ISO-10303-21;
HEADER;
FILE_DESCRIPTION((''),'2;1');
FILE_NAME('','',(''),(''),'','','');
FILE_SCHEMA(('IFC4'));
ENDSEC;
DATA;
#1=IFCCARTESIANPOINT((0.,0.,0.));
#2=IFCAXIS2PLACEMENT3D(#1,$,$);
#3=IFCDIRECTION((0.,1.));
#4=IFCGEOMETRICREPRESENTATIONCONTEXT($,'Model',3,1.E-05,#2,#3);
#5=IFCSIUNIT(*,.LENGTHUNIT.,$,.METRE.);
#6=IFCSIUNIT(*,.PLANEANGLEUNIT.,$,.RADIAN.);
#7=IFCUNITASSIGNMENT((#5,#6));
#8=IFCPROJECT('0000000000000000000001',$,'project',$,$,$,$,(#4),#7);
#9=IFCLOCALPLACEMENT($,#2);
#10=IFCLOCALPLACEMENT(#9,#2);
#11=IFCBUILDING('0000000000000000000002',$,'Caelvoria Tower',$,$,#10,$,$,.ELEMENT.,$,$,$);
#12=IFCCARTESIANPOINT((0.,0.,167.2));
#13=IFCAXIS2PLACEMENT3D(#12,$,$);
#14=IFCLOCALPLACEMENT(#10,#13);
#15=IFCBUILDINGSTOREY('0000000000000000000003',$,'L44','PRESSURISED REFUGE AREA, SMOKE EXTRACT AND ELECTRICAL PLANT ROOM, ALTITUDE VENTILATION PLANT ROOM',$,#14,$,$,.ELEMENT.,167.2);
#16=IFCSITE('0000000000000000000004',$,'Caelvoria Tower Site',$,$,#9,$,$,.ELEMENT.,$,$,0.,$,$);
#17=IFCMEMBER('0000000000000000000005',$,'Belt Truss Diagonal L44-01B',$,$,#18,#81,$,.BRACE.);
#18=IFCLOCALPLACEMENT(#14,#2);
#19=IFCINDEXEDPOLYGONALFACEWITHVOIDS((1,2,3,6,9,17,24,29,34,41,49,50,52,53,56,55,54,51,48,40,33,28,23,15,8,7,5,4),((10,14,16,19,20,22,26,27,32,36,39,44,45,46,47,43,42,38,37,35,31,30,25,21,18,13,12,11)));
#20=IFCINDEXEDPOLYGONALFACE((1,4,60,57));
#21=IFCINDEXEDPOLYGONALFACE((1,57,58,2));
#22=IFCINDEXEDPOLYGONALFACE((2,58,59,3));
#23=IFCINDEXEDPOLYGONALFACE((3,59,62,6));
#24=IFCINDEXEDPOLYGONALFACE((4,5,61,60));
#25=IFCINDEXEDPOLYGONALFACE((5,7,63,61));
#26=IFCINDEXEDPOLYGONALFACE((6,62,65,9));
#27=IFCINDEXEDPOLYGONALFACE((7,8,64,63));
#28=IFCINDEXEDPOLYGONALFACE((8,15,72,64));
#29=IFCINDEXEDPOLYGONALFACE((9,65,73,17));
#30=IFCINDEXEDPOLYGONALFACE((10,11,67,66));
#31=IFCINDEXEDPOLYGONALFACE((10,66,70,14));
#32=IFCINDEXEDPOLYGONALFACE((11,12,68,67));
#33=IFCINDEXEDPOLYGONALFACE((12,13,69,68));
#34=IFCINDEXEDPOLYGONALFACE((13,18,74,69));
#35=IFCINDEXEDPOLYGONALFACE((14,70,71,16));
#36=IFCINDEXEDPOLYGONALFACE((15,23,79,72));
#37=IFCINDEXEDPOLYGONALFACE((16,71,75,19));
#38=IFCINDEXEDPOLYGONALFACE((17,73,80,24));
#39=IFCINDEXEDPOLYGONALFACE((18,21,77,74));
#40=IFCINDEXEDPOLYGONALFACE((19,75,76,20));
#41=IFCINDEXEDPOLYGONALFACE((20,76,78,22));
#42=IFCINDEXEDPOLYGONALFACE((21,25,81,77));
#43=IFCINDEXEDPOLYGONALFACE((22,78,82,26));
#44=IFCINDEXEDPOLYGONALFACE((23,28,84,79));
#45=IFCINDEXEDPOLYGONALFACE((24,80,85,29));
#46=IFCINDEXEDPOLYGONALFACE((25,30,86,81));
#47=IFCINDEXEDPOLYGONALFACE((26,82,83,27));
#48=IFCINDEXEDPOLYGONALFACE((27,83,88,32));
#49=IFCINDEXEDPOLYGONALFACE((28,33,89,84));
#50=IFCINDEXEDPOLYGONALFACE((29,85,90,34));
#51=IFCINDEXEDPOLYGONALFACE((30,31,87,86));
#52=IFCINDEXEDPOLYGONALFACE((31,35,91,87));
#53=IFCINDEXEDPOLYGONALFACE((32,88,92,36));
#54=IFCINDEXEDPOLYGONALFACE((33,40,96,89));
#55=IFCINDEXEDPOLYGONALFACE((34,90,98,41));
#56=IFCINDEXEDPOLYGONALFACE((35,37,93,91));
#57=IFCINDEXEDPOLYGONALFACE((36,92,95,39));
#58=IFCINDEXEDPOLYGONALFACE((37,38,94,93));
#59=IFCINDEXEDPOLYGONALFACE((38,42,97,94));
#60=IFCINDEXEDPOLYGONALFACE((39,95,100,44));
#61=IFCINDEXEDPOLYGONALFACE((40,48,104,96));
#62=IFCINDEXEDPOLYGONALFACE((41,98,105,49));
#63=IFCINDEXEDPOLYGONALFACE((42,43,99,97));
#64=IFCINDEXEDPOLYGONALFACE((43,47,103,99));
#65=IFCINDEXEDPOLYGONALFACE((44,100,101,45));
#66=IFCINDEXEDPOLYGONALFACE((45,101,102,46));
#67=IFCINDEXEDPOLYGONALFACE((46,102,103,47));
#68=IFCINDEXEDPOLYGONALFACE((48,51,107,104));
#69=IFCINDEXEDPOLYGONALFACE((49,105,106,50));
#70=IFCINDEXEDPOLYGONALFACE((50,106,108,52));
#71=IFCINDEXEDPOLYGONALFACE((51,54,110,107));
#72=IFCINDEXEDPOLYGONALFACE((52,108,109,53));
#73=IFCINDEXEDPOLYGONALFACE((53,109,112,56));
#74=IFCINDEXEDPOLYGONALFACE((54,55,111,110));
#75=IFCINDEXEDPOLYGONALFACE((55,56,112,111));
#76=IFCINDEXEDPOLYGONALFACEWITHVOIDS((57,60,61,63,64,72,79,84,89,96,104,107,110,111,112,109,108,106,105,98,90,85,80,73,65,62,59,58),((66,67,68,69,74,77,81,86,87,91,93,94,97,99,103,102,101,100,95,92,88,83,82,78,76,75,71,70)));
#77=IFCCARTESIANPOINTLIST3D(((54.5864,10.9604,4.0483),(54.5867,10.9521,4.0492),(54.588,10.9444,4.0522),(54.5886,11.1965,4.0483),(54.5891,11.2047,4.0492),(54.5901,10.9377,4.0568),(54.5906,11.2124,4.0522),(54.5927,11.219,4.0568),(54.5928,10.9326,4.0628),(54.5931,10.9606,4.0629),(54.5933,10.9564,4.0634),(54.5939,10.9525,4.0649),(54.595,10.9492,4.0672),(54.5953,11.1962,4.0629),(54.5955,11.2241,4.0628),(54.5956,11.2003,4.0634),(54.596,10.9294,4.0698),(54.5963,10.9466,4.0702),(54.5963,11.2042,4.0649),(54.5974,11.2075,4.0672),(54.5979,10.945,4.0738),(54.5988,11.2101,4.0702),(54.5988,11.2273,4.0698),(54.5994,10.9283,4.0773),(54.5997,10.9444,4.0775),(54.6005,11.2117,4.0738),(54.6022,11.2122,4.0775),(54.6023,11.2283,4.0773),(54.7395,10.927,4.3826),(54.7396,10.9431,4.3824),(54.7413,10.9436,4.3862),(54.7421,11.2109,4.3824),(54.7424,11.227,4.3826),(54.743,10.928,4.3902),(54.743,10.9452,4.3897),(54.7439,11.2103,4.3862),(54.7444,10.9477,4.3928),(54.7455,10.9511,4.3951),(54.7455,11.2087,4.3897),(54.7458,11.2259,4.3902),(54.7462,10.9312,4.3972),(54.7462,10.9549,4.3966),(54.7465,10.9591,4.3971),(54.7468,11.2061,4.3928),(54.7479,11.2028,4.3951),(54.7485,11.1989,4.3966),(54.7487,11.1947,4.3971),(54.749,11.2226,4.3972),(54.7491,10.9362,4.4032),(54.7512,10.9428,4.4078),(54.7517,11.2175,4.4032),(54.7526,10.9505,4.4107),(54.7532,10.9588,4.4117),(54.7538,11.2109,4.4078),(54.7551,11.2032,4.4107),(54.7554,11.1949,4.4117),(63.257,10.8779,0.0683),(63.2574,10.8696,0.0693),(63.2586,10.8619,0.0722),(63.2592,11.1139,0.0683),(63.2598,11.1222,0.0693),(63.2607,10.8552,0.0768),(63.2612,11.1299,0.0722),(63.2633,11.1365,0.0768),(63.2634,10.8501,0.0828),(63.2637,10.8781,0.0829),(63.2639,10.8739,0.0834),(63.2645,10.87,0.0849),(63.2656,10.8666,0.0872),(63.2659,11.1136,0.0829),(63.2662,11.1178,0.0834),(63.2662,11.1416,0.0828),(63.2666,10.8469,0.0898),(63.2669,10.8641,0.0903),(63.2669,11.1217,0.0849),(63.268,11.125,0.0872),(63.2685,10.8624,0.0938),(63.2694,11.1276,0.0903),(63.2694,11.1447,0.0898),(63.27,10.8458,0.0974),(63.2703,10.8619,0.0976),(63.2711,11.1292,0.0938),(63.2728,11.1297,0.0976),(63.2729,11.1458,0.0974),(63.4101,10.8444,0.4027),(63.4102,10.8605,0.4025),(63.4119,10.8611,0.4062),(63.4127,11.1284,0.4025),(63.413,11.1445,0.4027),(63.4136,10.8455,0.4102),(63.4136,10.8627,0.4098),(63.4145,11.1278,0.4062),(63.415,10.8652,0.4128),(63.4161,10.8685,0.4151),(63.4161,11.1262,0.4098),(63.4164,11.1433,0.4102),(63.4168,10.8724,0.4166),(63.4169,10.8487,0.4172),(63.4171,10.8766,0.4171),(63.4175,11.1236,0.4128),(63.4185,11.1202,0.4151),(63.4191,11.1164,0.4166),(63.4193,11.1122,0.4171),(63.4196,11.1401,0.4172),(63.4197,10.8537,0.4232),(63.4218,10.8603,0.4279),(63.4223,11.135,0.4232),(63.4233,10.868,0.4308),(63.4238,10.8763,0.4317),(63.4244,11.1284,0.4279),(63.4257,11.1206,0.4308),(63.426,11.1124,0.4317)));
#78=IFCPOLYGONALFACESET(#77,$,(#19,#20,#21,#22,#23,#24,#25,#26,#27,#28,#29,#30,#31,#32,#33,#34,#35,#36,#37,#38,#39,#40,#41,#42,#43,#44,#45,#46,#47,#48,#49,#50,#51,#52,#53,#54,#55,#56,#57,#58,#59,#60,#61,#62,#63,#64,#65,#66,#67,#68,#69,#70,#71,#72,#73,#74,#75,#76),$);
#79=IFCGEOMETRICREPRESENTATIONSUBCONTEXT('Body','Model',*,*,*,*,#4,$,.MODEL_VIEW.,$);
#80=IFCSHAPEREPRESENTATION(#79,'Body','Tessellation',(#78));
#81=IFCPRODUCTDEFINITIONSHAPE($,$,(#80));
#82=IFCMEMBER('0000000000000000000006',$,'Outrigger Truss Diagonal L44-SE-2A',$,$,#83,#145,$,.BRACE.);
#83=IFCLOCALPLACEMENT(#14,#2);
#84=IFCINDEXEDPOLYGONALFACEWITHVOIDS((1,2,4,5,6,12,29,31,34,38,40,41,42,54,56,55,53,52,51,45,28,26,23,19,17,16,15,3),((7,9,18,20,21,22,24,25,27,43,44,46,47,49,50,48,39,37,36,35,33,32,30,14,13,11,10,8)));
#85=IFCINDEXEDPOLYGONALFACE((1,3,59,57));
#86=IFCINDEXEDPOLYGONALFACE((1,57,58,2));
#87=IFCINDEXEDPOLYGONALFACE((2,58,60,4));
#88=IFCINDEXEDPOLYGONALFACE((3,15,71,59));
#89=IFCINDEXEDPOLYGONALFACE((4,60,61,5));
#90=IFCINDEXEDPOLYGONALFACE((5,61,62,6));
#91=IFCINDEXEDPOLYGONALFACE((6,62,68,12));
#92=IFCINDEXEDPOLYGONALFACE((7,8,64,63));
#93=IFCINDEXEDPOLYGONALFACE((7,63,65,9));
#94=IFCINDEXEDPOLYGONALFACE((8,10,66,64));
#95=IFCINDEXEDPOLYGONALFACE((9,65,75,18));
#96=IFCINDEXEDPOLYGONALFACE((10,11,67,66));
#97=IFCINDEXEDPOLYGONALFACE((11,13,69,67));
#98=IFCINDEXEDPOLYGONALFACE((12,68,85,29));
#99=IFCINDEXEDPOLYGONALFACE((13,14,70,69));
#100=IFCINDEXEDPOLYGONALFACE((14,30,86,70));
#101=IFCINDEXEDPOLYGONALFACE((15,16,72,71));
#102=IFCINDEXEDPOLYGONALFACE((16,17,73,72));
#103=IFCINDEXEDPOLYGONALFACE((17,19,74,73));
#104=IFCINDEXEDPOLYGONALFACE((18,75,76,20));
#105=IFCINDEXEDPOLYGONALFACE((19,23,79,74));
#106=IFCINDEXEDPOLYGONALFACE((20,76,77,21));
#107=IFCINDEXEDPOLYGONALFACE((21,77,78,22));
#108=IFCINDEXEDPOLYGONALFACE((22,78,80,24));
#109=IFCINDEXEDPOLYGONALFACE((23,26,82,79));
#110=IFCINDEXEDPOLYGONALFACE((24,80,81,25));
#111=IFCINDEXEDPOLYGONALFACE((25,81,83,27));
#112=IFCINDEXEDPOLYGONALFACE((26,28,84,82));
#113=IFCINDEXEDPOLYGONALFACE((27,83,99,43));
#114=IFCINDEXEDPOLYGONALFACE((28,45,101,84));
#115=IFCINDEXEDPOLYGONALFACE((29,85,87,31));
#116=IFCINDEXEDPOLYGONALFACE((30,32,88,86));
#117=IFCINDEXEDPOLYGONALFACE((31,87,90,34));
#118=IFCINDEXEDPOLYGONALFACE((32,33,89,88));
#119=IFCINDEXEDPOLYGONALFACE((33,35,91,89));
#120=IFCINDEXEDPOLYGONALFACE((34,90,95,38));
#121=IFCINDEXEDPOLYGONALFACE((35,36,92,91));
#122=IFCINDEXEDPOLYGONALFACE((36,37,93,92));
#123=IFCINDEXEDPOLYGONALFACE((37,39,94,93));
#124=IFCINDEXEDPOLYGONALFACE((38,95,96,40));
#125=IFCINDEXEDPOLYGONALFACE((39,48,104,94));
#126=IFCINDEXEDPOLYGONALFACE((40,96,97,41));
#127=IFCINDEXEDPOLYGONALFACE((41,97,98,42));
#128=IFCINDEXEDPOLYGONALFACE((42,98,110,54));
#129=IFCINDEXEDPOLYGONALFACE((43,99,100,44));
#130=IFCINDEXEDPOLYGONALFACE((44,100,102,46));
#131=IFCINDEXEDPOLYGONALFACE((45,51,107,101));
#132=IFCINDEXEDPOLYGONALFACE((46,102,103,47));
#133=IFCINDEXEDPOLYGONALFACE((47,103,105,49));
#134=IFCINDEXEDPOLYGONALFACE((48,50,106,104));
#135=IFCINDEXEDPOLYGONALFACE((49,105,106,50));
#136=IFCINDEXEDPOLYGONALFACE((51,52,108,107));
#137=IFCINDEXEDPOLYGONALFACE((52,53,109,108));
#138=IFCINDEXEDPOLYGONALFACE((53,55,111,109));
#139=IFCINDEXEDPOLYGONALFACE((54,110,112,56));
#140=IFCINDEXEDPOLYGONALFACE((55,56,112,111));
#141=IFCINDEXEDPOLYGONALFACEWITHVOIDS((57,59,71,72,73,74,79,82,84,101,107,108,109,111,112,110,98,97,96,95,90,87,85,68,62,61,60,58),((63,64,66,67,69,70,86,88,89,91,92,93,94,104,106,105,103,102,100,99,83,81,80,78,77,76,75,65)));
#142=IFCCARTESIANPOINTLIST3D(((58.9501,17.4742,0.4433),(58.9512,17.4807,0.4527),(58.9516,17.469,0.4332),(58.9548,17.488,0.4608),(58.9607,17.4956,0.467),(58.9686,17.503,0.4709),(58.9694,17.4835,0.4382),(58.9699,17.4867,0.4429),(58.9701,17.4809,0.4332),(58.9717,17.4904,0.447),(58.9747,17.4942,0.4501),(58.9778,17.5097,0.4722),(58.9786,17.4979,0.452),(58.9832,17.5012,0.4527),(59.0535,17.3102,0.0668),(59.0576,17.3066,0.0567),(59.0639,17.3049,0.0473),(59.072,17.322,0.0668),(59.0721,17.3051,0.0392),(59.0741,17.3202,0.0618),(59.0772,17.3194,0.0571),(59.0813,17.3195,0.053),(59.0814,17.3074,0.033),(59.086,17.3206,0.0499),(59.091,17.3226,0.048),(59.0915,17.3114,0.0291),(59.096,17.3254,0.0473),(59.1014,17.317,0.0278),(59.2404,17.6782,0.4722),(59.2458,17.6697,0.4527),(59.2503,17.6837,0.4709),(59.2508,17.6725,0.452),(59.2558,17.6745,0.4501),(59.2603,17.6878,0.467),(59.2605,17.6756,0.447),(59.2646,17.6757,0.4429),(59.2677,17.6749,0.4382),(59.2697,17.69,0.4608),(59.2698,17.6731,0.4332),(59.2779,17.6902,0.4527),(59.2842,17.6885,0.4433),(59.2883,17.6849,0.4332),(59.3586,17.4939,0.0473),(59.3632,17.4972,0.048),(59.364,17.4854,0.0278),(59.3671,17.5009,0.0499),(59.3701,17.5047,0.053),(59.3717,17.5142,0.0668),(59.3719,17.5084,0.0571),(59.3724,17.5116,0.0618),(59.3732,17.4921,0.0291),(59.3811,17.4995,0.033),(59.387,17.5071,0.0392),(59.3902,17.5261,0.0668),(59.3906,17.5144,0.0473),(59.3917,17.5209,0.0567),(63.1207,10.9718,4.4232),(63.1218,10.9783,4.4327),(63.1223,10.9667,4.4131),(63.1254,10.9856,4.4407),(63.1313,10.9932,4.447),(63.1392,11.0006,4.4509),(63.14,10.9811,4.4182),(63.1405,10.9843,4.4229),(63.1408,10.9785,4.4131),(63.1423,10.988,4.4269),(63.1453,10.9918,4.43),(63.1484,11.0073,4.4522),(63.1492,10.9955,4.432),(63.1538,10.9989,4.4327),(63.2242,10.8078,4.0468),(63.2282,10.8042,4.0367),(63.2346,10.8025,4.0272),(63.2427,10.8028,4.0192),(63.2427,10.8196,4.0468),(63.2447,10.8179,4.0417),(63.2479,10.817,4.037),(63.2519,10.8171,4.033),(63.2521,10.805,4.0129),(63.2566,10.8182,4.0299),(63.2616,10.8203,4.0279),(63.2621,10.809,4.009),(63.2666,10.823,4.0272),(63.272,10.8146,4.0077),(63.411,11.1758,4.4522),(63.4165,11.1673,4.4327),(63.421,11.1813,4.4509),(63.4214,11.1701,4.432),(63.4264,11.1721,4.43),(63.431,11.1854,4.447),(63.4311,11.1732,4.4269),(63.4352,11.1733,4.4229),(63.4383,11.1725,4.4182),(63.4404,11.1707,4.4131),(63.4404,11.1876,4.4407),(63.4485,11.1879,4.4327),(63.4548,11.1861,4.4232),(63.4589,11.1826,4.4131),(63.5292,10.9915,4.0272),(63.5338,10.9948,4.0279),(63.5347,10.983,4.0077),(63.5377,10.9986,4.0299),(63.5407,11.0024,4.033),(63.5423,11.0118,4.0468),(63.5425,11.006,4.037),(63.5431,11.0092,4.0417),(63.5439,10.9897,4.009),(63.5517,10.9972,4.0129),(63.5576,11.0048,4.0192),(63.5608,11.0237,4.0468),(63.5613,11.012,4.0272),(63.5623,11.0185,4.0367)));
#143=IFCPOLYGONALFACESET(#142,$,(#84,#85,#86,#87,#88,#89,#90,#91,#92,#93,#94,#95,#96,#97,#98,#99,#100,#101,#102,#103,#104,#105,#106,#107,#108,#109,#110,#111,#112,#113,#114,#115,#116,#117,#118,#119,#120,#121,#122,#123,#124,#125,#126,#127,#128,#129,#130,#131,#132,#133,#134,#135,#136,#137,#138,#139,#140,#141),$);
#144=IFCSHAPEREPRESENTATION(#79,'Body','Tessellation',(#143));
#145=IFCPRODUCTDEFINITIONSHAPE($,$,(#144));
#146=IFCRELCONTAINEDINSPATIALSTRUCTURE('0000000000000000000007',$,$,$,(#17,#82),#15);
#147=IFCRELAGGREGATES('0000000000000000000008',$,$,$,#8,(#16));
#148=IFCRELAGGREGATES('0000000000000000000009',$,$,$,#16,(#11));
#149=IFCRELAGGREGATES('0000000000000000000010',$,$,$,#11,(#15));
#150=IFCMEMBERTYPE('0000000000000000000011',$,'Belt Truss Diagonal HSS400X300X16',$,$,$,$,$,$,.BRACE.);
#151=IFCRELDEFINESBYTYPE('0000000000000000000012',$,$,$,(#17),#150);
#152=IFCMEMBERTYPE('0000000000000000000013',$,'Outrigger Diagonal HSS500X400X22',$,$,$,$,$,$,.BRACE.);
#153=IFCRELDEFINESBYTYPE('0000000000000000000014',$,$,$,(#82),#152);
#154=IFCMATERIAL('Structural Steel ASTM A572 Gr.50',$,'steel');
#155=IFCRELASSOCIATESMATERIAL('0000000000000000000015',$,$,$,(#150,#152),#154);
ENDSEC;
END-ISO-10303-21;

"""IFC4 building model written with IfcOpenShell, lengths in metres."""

from ifc_helpers import new_model, si_unit, direction, frame, origin, origin_2d, place, context, subcontext, project, spatial, hollow_rectangle, extrude, material, material_profile, profile_set, type_object, element, save


model = new_model("IFC4")

# Units and contexts
model_context = context("Model", 3, precision=1e-05, world=origin(), true_north=direction((0.0, 1.0)))
body_context = subcontext(model_context, "Body", "Model", "MODEL_VIEW")
ifc_project = project(units=[si_unit("LENGTHUNIT", "METRE"), si_unit("PLANEANGLEUNIT", "RADIAN")], contexts=[model_context])

# Site, building, storey
site_placement = place(None, origin())
site = spatial("IfcSite", under=ifc_project, at=site_placement, Name="Caelvoria Tower Site", CompositionType="ELEMENT", RefElevation=0.0)
building_placement = place(site_placement, origin())
building = spatial("IfcBuilding", under=site, at=building_placement, Name="Caelvoria Tower", CompositionType="ELEMENT")
storey_placement = place(building_placement, frame((0.0, 0.0, 167.2)))
storey = spatial("IfcBuildingStorey", under=building, at=storey_placement, Name="L44", Description="PRESSURISED REFUGE AREA, SMOKE EXTRACT AND ELECTRICAL PLANT ROOM, ALTITUDE VENTILATION PLANT ROOM", CompositionType="ELEMENT", Elevation=167.2)

# Members
ifc_material_1 = material(Name="Structural Steel ASTM A572 Gr.50", Category="steel")
ifc_material_profile_1 = material_profile(ifc_material_1, hollow_rectangle(XDim=0.3, YDim=0.3999, WallThickness=0.0161, InnerFilletRadius=0.0161, OuterFilletRadius=0.032, at=origin_2d()), Name="Structural Steel ASTM A572 Gr.50")
ifc_profile_set_1 = profile_set([ifc_material_profile_1], Name="HSS400X300X16 - Structural Steel ASTM A572 Gr.50")
member_type_1 = type_object("IfcMemberType", Name="Belt Truss Diagonal HSS400X300X16", PredefinedType="BRACE", material=ifc_profile_set_1)
member_1_placement = place(storey_placement, frame((54.6709, 11.0776, 4.23), z_axis=(0.908795, -0.008649, -0.417153), x_axis=(0.009517, 0.999955, 0.0)))
element("IfcMember", 1, at=member_1_placement, inside=storey, type_object=member_type_1, Name="Belt Truss Diagonal L44-01B", PredefinedType="BRACE", context=body_context, shape_type="SweptSolid", body=[
    extrude(hollow_rectangle(XDim=0.3, YDim=0.3999, WallThickness=0.0161, InnerFilletRadius=0.0161, OuterFilletRadius=0.032, at=origin_2d()), origin(), (0.0, 0.0, 1.0), 9.5408),
])
ifc_material_profile_2 = material_profile(ifc_material_1, hollow_rectangle(XDim=0.3999, YDim=0.5, WallThickness=0.022, InnerFilletRadius=0.022, OuterFilletRadius=0.0439, at=origin_2d()), Name="Structural Steel ASTM A572 Gr.50")
ifc_profile_set_2 = profile_set([ifc_material_profile_2], Name="HSS500X400X22 - Structural Steel ASTM A572 Gr.50")
member_type_2 = type_object("IfcMemberType", Name="Outrigger Diagonal HSS500X400X22", PredefinedType="BRACE", material=ifc_profile_set_2)
member_2_placement = place(storey_placement, frame((59.1709, 17.4976, 0.25), z_axis=(0.479936, -0.748266, 0.457995), x_axis=(0.841737, 0.539888, 0.0)))
element("IfcMember", 2, at=member_2_placement, inside=storey, type_object=member_type_2, Name="Outrigger Truss Diagonal L44-SE-2A", PredefinedType="BRACE", context=body_context, shape_type="SweptSolid", body=[
    extrude(hollow_rectangle(XDim=0.3999, YDim=0.5, WallThickness=0.022, InnerFilletRadius=0.022, OuterFilletRadius=0.0439, at=origin_2d()), origin(), (0.0, 0.0, 1.0), 8.6899),
])

save(model, "model.ifc")
